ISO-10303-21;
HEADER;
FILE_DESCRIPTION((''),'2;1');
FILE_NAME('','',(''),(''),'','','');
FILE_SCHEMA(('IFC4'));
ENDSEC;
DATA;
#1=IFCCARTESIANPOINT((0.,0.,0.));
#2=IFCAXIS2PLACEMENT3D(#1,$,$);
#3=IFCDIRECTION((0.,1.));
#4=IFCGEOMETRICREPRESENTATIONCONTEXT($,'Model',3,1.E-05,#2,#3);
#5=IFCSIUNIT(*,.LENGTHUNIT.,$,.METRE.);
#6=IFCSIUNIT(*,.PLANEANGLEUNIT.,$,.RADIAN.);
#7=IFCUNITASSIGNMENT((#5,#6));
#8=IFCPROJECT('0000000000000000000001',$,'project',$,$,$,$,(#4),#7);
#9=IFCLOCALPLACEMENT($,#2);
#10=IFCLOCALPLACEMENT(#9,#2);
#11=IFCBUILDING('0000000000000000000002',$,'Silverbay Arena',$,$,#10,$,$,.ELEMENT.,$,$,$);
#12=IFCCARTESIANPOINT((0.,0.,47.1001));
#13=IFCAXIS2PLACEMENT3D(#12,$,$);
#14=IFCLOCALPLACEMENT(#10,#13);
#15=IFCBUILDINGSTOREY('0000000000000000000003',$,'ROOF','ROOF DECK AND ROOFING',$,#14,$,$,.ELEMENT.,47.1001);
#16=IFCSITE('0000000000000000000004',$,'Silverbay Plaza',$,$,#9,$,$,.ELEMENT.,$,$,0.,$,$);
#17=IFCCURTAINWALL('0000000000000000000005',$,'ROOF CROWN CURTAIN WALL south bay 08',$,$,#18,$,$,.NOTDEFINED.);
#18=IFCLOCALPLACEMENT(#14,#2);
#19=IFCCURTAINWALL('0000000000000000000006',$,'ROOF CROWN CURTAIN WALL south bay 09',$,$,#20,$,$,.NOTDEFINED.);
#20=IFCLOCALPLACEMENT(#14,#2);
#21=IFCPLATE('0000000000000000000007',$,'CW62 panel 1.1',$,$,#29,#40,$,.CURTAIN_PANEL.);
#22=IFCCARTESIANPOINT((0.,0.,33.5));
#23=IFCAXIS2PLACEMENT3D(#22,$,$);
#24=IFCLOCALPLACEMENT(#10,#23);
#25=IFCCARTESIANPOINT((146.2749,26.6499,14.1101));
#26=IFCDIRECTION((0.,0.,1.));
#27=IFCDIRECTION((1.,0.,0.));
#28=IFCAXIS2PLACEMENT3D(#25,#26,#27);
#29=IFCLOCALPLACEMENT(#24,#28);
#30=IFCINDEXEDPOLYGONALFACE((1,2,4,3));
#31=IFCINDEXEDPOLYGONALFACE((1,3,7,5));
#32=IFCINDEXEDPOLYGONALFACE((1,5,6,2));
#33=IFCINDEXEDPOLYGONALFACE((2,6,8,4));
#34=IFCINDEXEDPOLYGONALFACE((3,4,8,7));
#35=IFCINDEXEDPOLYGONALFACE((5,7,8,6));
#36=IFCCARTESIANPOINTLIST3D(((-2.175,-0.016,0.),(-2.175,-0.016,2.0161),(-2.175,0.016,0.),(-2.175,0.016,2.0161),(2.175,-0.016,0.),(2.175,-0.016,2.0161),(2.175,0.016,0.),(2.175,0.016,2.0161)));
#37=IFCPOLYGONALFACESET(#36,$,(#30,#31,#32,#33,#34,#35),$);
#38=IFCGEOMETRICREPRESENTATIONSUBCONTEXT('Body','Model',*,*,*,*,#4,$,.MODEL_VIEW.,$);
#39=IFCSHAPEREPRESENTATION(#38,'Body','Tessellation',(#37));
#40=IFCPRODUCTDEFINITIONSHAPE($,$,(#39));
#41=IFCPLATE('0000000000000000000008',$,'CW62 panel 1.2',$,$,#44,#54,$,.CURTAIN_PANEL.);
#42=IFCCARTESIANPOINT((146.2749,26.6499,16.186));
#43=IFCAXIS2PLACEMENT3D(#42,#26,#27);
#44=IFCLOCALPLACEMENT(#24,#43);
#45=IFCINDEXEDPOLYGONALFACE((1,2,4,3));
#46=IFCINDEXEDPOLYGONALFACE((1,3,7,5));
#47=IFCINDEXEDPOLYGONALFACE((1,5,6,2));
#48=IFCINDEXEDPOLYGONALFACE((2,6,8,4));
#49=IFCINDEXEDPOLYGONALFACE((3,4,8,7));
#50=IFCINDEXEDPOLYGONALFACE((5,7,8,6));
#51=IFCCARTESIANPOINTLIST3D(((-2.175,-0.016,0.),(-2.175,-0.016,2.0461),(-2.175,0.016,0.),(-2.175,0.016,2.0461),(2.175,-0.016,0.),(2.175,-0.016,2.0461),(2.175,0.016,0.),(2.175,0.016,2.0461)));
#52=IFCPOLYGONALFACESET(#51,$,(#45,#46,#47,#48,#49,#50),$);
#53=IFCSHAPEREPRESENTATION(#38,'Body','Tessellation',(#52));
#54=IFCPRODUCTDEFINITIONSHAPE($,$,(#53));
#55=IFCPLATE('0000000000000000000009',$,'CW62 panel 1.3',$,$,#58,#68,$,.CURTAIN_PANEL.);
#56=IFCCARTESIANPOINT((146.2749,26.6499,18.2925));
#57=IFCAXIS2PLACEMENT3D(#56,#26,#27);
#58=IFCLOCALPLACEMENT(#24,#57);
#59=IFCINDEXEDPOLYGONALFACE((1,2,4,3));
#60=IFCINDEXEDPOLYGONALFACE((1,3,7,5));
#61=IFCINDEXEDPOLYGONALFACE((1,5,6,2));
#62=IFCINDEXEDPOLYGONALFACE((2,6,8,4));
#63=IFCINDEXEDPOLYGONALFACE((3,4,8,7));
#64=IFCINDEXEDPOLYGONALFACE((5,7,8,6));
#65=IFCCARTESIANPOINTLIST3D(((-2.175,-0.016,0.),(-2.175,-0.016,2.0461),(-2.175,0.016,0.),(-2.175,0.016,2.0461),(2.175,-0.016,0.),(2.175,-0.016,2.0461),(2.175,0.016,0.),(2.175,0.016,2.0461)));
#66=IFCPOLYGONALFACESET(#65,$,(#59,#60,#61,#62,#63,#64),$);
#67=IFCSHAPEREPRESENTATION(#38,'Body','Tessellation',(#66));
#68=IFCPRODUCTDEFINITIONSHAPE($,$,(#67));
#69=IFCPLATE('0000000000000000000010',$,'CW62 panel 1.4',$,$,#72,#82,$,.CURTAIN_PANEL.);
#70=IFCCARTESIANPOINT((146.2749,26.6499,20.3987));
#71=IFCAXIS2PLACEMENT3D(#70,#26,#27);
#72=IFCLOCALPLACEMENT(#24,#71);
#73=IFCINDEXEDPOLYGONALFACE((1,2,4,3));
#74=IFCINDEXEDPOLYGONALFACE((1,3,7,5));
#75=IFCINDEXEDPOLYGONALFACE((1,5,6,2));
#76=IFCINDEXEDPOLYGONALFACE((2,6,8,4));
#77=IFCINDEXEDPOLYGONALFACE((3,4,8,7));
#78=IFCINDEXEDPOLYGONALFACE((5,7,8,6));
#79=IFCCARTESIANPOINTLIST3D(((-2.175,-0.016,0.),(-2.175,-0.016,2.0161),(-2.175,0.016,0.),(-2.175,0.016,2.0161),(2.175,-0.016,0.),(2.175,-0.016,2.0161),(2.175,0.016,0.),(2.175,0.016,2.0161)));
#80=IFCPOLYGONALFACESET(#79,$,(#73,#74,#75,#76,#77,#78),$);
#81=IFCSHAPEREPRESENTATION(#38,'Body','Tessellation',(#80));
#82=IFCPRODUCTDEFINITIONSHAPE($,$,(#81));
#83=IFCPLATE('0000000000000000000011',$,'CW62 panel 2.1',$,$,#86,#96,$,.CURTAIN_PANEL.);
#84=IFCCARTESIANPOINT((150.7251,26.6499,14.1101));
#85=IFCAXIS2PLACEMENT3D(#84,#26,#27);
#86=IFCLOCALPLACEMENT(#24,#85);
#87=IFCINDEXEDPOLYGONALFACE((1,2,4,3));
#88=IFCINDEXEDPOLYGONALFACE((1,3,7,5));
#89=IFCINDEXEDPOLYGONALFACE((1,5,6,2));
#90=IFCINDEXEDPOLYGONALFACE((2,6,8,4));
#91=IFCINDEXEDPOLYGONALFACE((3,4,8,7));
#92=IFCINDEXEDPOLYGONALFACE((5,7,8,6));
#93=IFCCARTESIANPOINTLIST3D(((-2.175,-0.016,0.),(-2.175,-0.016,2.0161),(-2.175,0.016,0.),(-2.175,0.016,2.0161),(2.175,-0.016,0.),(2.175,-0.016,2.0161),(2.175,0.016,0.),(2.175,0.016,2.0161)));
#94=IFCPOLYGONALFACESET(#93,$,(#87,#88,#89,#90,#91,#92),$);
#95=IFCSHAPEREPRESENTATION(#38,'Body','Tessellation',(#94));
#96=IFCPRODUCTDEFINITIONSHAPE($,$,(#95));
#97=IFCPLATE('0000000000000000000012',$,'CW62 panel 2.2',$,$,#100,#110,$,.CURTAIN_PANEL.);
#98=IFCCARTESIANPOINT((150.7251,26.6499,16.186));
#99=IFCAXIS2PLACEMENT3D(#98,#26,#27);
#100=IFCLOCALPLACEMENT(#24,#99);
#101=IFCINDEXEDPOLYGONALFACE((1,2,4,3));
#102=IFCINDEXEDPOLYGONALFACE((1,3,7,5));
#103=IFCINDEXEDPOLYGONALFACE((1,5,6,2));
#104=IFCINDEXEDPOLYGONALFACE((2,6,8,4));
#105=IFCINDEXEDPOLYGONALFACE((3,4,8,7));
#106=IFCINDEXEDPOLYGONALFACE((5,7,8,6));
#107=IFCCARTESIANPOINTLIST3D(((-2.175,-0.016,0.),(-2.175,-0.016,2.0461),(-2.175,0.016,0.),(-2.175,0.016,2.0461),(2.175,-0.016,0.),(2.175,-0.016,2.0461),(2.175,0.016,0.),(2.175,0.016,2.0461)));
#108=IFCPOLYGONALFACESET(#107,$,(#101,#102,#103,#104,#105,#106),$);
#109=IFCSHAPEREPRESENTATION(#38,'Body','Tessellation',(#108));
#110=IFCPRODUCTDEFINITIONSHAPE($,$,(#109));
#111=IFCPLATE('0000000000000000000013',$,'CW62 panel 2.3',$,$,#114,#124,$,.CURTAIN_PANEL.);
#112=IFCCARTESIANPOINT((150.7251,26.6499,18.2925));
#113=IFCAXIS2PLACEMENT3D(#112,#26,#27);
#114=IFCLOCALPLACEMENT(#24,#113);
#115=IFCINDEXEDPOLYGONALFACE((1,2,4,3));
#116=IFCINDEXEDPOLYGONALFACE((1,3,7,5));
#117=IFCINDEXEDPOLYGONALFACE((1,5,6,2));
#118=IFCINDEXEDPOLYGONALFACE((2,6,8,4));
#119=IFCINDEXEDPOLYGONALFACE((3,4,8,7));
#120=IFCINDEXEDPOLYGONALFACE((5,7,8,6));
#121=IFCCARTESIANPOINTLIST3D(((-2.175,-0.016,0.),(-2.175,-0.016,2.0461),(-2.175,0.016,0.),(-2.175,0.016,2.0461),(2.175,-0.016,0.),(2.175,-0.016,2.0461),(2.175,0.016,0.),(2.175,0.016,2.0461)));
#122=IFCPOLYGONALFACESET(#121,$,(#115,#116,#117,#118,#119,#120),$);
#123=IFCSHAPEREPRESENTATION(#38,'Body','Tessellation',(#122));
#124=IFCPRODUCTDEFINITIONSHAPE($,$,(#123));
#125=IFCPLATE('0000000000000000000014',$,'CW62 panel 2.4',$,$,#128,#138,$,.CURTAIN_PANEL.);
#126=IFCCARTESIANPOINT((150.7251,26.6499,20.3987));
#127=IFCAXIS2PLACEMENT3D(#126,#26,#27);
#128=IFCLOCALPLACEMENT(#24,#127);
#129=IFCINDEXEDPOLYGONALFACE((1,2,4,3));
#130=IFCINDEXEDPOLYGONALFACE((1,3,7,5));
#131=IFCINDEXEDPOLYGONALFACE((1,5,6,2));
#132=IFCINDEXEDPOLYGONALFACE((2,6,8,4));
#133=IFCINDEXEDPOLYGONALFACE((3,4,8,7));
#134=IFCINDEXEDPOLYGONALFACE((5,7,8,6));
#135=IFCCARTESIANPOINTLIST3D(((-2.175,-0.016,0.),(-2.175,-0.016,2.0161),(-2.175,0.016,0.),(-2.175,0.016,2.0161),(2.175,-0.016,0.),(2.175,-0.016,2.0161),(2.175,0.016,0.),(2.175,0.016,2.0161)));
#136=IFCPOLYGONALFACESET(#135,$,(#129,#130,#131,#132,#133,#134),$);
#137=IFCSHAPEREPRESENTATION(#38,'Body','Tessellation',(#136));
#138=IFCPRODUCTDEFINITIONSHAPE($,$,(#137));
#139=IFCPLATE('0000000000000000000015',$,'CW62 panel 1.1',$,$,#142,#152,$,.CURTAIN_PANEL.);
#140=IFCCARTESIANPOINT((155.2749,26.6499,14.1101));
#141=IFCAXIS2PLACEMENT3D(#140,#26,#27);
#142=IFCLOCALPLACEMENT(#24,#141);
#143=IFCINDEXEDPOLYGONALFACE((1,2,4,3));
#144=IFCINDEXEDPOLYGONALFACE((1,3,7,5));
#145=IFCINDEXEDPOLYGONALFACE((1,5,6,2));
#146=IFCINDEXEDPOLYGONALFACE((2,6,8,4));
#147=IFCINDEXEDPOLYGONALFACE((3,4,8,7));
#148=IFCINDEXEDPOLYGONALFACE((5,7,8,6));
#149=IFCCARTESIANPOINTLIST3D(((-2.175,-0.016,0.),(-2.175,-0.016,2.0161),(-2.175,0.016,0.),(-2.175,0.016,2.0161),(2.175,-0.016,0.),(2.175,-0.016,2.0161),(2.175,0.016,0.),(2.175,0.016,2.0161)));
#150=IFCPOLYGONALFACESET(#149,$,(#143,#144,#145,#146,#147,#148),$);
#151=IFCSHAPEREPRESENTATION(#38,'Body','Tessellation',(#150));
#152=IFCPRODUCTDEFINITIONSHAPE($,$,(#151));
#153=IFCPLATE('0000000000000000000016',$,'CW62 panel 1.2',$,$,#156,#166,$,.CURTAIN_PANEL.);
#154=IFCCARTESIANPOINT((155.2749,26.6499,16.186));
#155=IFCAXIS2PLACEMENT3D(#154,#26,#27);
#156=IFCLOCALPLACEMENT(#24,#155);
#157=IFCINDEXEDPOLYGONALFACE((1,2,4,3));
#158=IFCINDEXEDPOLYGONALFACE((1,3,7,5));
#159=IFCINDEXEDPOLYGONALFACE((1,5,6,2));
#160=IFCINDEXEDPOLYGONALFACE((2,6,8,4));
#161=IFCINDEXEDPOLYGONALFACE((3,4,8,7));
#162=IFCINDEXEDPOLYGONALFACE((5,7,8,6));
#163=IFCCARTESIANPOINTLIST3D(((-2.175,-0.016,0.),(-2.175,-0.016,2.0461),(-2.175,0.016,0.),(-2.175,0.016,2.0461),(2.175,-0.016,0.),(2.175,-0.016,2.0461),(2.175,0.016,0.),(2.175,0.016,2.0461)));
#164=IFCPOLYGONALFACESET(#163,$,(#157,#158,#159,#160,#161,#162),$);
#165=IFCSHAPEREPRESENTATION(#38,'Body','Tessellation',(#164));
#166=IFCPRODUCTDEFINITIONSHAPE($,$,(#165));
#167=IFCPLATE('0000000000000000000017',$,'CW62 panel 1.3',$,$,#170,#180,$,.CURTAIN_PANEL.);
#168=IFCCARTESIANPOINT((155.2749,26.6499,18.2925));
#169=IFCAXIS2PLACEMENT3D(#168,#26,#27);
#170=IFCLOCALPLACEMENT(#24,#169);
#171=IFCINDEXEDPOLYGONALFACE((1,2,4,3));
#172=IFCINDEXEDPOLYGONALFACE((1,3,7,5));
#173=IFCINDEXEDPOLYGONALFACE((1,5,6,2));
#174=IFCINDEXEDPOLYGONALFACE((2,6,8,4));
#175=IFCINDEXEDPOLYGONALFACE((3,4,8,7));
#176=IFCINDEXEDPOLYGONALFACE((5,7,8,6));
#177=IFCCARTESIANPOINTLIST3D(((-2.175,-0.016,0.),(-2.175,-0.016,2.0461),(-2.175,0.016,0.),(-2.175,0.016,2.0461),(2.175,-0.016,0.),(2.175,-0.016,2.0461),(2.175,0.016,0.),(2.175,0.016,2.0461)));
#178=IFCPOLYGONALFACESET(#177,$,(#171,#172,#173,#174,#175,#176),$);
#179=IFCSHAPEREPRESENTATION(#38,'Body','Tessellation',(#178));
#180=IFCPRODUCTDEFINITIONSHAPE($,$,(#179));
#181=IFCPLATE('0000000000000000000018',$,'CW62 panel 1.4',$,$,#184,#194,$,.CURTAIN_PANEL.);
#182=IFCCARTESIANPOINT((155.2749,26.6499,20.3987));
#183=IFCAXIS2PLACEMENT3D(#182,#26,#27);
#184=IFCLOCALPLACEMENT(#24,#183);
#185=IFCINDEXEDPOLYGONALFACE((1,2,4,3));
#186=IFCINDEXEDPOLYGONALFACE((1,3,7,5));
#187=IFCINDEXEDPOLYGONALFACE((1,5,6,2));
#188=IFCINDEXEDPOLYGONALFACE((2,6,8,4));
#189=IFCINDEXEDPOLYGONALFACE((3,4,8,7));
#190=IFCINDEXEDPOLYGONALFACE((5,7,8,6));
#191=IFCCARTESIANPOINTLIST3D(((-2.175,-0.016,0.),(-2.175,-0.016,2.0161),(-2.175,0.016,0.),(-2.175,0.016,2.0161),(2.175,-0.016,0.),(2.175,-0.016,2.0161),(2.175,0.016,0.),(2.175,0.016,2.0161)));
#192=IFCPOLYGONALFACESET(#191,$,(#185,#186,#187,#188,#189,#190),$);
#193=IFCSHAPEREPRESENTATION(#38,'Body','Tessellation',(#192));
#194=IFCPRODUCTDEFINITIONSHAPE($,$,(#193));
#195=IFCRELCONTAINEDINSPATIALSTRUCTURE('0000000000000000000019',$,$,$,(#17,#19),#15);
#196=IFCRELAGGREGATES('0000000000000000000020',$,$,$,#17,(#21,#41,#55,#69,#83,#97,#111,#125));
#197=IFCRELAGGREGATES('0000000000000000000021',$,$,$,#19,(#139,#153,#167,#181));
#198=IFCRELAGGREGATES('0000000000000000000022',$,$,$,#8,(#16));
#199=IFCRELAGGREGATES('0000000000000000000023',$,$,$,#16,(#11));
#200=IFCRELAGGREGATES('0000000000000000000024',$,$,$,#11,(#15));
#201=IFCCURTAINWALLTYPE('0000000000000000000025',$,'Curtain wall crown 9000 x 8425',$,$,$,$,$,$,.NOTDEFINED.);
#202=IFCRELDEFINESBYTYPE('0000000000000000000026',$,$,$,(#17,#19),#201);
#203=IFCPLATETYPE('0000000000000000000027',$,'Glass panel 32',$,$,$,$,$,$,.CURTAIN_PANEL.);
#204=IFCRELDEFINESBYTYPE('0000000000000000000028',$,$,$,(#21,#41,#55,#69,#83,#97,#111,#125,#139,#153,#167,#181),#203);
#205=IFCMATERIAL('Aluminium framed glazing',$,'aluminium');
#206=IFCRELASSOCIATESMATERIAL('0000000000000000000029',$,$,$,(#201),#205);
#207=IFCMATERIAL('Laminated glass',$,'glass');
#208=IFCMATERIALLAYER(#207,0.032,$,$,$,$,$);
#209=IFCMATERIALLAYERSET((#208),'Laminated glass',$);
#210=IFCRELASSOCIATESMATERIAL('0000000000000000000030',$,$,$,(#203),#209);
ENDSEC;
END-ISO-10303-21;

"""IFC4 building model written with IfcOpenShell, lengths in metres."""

from ifc_helpers import new_model, si_unit, direction, frame, origin, origin_2d, place, context, subcontext, project, spatial, rectangle, extrude, material, layer, layer_set, type_object, element, aggregate, save


model = new_model("IFC4")

# Units and contexts
model_context = context("Model", 3, precision=1e-05, world=origin(), true_north=direction((0.0, 1.0)))
body_context = subcontext(model_context, "Body", "Model", "MODEL_VIEW")
ifc_project = project(units=[si_unit("LENGTHUNIT", "METRE"), si_unit("PLANEANGLEUNIT", "RADIAN")], contexts=[model_context])

# Site, building, storey
site_placement = place(None, origin())
site = spatial("IfcSite", under=ifc_project, at=site_placement, Name="Silverbay Plaza", CompositionType="ELEMENT", RefElevation=0.0)
building_placement = place(site_placement, origin())
building = spatial("IfcBuilding", under=site, at=building_placement, Name="Silverbay Arena", CompositionType="ELEMENT")
storey_placement = place(building_placement, frame((0.0, 0.0, 47.1001)))
storey = spatial("IfcBuildingStorey", under=building, at=storey_placement, Name="ROOF", Description="ROOF DECK AND ROOFING", CompositionType="ELEMENT", Elevation=47.1001)

# Curtain walls
ifc_material_1 = material(Name="Aluminium framed glazing", Category="aluminium")
curtain_wall_type = type_object("IfcCurtainWallType", Name="Curtain wall crown 9000 x 8425", PredefinedType="NOTDEFINED", material=ifc_material_1)
curtain_wall_1_placement = place(storey_placement, origin())
curtain_wall_1 = element("IfcCurtainWall", 1, at=curtain_wall_1_placement, inside=storey, type_object=curtain_wall_type, Name="ROOF CROWN CURTAIN WALL south bay 08", PredefinedType="NOTDEFINED")
placement = place(building_placement, frame((0.0, 0.0, 33.5)))
curtain_wall_2_placement = place(storey_placement, origin())
curtain_wall_2 = element("IfcCurtainWall", 2, at=curtain_wall_2_placement, inside=storey, type_object=curtain_wall_type, Name="ROOF CROWN CURTAIN WALL south bay 09", PredefinedType="NOTDEFINED")

# Plates
ifc_material_2 = material(Name="Laminated glass", Category="glass")
ifc_layer_1 = layer(ifc_material_2, 0.032)
ifc_layer_set_1 = layer_set([ifc_layer_1], Name="Laminated glass")
plate_type = type_object("IfcPlateType", Name="Glass panel 32", PredefinedType="CURTAIN_PANEL", material=ifc_layer_set_1)
plate_1_placement = place(placement, frame((146.2749, 26.6499, 14.1101), z_axis=(0.0, 0.0, 1.0), x_axis=(1.0, 0.0, 0.0)))
plate_1 = element("IfcPlate", 3, at=plate_1_placement, type_object=plate_type, Name="CW62 panel 1.1", PredefinedType="CURTAIN_PANEL", context=body_context, shape_type="SweptSolid", body=[
    extrude(rectangle(XDim=4.3501, YDim=0.032, at=origin_2d()), origin(), (0.0, 0.0, 1.0), 2.0161),
])
plate_2_placement = place(placement, frame((146.2749, 26.6499, 16.186), z_axis=(0.0, 0.0, 1.0), x_axis=(1.0, 0.0, 0.0)))
plate_2 = element("IfcPlate", 4, at=plate_2_placement, type_object=plate_type, Name="CW62 panel 1.2", PredefinedType="CURTAIN_PANEL", context=body_context, shape_type="SweptSolid", body=[
    extrude(rectangle(XDim=4.3501, YDim=0.032, at=origin_2d()), origin(), (0.0, 0.0, 1.0), 2.0461),
])
plate_3_placement = place(placement, frame((146.2749, 26.6499, 18.2925), z_axis=(0.0, 0.0, 1.0), x_axis=(1.0, 0.0, 0.0)))
plate_3 = element("IfcPlate", 5, at=plate_3_placement, type_object=plate_type, Name="CW62 panel 1.3", PredefinedType="CURTAIN_PANEL", context=body_context, shape_type="SweptSolid", body=[
    extrude(rectangle(XDim=4.3501, YDim=0.032, at=origin_2d()), origin(), (0.0, 0.0, 1.0), 2.0461),
])
plate_4_placement = place(placement, frame((146.2749, 26.6499, 20.3987), z_axis=(0.0, 0.0, 1.0), x_axis=(1.0, 0.0, 0.0)))
plate_4 = element("IfcPlate", 6, at=plate_4_placement, type_object=plate_type, Name="CW62 panel 1.4", PredefinedType="CURTAIN_PANEL", context=body_context, shape_type="SweptSolid", body=[
    extrude(rectangle(XDim=4.3501, YDim=0.032, at=origin_2d()), origin(), (0.0, 0.0, 1.0), 2.0161),
])
plate_5_placement = place(placement, frame((150.7251, 26.6499, 14.1101), z_axis=(0.0, 0.0, 1.0), x_axis=(1.0, 0.0, 0.0)))
plate_5 = element("IfcPlate", 7, at=plate_5_placement, type_object=plate_type, Name="CW62 panel 2.1", PredefinedType="CURTAIN_PANEL", context=body_context, shape_type="SweptSolid", body=[
    extrude(rectangle(XDim=4.3501, YDim=0.032, at=origin_2d()), origin(), (0.0, 0.0, 1.0), 2.0161),
])
plate_6_placement = place(placement, frame((150.7251, 26.6499, 16.186), z_axis=(0.0, 0.0, 1.0), x_axis=(1.0, 0.0, 0.0)))
plate_6 = element("IfcPlate", 8, at=plate_6_placement, type_object=plate_type, Name="CW62 panel 2.2", PredefinedType="CURTAIN_PANEL", context=body_context, shape_type="SweptSolid", body=[
    extrude(rectangle(XDim=4.3501, YDim=0.032, at=origin_2d()), origin(), (0.0, 0.0, 1.0), 2.0461),
])
plate_7_placement = place(placement, frame((150.7251, 26.6499, 18.2925), z_axis=(0.0, 0.0, 1.0), x_axis=(1.0, 0.0, 0.0)))
plate_7 = element("IfcPlate", 9, at=plate_7_placement, type_object=plate_type, Name="CW62 panel 2.3", PredefinedType="CURTAIN_PANEL", context=body_context, shape_type="SweptSolid", body=[
    extrude(rectangle(XDim=4.3501, YDim=0.032, at=origin_2d()), origin(), (0.0, 0.0, 1.0), 2.0461),
])
plate_8_placement = place(placement, frame((150.7251, 26.6499, 20.3987), z_axis=(0.0, 0.0, 1.0), x_axis=(1.0, 0.0, 0.0)))
plate_8 = element("IfcPlate", 10, at=plate_8_placement, type_object=plate_type, Name="CW62 panel 2.4", PredefinedType="CURTAIN_PANEL", context=body_context, shape_type="SweptSolid", body=[
    extrude(rectangle(XDim=4.3501, YDim=0.032, at=origin_2d()), origin(), (0.0, 0.0, 1.0), 2.0161),
])
aggregate(curtain_wall_1, [plate_1, plate_2, plate_3, plate_4, plate_5, plate_6, plate_7, plate_8])
plate_9_placement = place(placement, frame((155.2749, 26.6499, 14.1101), z_axis=(0.0, 0.0, 1.0), x_axis=(1.0, 0.0, 0.0)))
plate_9 = element("IfcPlate", 11, at=plate_9_placement, type_object=plate_type, Name="CW62 panel 1.1", PredefinedType="CURTAIN_PANEL", context=body_context, shape_type="SweptSolid", body=[
    extrude(rectangle(XDim=4.3501, YDim=0.032, at=origin_2d()), origin(), (0.0, 0.0, 1.0), 2.0161),
])
plate_10_placement = place(placement, frame((155.2749, 26.6499, 16.186), z_axis=(0.0, 0.0, 1.0), x_axis=(1.0, 0.0, 0.0)))
plate_10 = element("IfcPlate", 12, at=plate_10_placement, type_object=plate_type, Name="CW62 panel 1.2", PredefinedType="CURTAIN_PANEL", context=body_context, shape_type="SweptSolid", body=[
    extrude(rectangle(XDim=4.3501, YDim=0.032, at=origin_2d()), origin(), (0.0, 0.0, 1.0), 2.0461),
])
plate_11_placement = place(placement, frame((155.2749, 26.6499, 18.2925), z_axis=(0.0, 0.0, 1.0), x_axis=(1.0, 0.0, 0.0)))
plate_11 = element("IfcPlate", 13, at=plate_11_placement, type_object=plate_type, Name="CW62 panel 1.3", PredefinedType="CURTAIN_PANEL", context=body_context, shape_type="SweptSolid", body=[
    extrude(rectangle(XDim=4.3501, YDim=0.032, at=origin_2d()), origin(), (0.0, 0.0, 1.0), 2.0461),
])
plate_12_placement = place(placement, frame((155.2749, 26.6499, 20.3987), z_axis=(0.0, 0.0, 1.0), x_axis=(1.0, 0.0, 0.0)))
plate_12 = element("IfcPlate", 14, at=plate_12_placement, type_object=plate_type, Name="CW62 panel 1.4", PredefinedType="CURTAIN_PANEL", context=body_context, shape_type="SweptSolid", body=[
    extrude(rectangle(XDim=4.3501, YDim=0.032, at=origin_2d()), origin(), (0.0, 0.0, 1.0), 2.0161),
])
aggregate(curtain_wall_2, [plate_9, plate_10, plate_11, plate_12])

save(model, "model.ifc")
